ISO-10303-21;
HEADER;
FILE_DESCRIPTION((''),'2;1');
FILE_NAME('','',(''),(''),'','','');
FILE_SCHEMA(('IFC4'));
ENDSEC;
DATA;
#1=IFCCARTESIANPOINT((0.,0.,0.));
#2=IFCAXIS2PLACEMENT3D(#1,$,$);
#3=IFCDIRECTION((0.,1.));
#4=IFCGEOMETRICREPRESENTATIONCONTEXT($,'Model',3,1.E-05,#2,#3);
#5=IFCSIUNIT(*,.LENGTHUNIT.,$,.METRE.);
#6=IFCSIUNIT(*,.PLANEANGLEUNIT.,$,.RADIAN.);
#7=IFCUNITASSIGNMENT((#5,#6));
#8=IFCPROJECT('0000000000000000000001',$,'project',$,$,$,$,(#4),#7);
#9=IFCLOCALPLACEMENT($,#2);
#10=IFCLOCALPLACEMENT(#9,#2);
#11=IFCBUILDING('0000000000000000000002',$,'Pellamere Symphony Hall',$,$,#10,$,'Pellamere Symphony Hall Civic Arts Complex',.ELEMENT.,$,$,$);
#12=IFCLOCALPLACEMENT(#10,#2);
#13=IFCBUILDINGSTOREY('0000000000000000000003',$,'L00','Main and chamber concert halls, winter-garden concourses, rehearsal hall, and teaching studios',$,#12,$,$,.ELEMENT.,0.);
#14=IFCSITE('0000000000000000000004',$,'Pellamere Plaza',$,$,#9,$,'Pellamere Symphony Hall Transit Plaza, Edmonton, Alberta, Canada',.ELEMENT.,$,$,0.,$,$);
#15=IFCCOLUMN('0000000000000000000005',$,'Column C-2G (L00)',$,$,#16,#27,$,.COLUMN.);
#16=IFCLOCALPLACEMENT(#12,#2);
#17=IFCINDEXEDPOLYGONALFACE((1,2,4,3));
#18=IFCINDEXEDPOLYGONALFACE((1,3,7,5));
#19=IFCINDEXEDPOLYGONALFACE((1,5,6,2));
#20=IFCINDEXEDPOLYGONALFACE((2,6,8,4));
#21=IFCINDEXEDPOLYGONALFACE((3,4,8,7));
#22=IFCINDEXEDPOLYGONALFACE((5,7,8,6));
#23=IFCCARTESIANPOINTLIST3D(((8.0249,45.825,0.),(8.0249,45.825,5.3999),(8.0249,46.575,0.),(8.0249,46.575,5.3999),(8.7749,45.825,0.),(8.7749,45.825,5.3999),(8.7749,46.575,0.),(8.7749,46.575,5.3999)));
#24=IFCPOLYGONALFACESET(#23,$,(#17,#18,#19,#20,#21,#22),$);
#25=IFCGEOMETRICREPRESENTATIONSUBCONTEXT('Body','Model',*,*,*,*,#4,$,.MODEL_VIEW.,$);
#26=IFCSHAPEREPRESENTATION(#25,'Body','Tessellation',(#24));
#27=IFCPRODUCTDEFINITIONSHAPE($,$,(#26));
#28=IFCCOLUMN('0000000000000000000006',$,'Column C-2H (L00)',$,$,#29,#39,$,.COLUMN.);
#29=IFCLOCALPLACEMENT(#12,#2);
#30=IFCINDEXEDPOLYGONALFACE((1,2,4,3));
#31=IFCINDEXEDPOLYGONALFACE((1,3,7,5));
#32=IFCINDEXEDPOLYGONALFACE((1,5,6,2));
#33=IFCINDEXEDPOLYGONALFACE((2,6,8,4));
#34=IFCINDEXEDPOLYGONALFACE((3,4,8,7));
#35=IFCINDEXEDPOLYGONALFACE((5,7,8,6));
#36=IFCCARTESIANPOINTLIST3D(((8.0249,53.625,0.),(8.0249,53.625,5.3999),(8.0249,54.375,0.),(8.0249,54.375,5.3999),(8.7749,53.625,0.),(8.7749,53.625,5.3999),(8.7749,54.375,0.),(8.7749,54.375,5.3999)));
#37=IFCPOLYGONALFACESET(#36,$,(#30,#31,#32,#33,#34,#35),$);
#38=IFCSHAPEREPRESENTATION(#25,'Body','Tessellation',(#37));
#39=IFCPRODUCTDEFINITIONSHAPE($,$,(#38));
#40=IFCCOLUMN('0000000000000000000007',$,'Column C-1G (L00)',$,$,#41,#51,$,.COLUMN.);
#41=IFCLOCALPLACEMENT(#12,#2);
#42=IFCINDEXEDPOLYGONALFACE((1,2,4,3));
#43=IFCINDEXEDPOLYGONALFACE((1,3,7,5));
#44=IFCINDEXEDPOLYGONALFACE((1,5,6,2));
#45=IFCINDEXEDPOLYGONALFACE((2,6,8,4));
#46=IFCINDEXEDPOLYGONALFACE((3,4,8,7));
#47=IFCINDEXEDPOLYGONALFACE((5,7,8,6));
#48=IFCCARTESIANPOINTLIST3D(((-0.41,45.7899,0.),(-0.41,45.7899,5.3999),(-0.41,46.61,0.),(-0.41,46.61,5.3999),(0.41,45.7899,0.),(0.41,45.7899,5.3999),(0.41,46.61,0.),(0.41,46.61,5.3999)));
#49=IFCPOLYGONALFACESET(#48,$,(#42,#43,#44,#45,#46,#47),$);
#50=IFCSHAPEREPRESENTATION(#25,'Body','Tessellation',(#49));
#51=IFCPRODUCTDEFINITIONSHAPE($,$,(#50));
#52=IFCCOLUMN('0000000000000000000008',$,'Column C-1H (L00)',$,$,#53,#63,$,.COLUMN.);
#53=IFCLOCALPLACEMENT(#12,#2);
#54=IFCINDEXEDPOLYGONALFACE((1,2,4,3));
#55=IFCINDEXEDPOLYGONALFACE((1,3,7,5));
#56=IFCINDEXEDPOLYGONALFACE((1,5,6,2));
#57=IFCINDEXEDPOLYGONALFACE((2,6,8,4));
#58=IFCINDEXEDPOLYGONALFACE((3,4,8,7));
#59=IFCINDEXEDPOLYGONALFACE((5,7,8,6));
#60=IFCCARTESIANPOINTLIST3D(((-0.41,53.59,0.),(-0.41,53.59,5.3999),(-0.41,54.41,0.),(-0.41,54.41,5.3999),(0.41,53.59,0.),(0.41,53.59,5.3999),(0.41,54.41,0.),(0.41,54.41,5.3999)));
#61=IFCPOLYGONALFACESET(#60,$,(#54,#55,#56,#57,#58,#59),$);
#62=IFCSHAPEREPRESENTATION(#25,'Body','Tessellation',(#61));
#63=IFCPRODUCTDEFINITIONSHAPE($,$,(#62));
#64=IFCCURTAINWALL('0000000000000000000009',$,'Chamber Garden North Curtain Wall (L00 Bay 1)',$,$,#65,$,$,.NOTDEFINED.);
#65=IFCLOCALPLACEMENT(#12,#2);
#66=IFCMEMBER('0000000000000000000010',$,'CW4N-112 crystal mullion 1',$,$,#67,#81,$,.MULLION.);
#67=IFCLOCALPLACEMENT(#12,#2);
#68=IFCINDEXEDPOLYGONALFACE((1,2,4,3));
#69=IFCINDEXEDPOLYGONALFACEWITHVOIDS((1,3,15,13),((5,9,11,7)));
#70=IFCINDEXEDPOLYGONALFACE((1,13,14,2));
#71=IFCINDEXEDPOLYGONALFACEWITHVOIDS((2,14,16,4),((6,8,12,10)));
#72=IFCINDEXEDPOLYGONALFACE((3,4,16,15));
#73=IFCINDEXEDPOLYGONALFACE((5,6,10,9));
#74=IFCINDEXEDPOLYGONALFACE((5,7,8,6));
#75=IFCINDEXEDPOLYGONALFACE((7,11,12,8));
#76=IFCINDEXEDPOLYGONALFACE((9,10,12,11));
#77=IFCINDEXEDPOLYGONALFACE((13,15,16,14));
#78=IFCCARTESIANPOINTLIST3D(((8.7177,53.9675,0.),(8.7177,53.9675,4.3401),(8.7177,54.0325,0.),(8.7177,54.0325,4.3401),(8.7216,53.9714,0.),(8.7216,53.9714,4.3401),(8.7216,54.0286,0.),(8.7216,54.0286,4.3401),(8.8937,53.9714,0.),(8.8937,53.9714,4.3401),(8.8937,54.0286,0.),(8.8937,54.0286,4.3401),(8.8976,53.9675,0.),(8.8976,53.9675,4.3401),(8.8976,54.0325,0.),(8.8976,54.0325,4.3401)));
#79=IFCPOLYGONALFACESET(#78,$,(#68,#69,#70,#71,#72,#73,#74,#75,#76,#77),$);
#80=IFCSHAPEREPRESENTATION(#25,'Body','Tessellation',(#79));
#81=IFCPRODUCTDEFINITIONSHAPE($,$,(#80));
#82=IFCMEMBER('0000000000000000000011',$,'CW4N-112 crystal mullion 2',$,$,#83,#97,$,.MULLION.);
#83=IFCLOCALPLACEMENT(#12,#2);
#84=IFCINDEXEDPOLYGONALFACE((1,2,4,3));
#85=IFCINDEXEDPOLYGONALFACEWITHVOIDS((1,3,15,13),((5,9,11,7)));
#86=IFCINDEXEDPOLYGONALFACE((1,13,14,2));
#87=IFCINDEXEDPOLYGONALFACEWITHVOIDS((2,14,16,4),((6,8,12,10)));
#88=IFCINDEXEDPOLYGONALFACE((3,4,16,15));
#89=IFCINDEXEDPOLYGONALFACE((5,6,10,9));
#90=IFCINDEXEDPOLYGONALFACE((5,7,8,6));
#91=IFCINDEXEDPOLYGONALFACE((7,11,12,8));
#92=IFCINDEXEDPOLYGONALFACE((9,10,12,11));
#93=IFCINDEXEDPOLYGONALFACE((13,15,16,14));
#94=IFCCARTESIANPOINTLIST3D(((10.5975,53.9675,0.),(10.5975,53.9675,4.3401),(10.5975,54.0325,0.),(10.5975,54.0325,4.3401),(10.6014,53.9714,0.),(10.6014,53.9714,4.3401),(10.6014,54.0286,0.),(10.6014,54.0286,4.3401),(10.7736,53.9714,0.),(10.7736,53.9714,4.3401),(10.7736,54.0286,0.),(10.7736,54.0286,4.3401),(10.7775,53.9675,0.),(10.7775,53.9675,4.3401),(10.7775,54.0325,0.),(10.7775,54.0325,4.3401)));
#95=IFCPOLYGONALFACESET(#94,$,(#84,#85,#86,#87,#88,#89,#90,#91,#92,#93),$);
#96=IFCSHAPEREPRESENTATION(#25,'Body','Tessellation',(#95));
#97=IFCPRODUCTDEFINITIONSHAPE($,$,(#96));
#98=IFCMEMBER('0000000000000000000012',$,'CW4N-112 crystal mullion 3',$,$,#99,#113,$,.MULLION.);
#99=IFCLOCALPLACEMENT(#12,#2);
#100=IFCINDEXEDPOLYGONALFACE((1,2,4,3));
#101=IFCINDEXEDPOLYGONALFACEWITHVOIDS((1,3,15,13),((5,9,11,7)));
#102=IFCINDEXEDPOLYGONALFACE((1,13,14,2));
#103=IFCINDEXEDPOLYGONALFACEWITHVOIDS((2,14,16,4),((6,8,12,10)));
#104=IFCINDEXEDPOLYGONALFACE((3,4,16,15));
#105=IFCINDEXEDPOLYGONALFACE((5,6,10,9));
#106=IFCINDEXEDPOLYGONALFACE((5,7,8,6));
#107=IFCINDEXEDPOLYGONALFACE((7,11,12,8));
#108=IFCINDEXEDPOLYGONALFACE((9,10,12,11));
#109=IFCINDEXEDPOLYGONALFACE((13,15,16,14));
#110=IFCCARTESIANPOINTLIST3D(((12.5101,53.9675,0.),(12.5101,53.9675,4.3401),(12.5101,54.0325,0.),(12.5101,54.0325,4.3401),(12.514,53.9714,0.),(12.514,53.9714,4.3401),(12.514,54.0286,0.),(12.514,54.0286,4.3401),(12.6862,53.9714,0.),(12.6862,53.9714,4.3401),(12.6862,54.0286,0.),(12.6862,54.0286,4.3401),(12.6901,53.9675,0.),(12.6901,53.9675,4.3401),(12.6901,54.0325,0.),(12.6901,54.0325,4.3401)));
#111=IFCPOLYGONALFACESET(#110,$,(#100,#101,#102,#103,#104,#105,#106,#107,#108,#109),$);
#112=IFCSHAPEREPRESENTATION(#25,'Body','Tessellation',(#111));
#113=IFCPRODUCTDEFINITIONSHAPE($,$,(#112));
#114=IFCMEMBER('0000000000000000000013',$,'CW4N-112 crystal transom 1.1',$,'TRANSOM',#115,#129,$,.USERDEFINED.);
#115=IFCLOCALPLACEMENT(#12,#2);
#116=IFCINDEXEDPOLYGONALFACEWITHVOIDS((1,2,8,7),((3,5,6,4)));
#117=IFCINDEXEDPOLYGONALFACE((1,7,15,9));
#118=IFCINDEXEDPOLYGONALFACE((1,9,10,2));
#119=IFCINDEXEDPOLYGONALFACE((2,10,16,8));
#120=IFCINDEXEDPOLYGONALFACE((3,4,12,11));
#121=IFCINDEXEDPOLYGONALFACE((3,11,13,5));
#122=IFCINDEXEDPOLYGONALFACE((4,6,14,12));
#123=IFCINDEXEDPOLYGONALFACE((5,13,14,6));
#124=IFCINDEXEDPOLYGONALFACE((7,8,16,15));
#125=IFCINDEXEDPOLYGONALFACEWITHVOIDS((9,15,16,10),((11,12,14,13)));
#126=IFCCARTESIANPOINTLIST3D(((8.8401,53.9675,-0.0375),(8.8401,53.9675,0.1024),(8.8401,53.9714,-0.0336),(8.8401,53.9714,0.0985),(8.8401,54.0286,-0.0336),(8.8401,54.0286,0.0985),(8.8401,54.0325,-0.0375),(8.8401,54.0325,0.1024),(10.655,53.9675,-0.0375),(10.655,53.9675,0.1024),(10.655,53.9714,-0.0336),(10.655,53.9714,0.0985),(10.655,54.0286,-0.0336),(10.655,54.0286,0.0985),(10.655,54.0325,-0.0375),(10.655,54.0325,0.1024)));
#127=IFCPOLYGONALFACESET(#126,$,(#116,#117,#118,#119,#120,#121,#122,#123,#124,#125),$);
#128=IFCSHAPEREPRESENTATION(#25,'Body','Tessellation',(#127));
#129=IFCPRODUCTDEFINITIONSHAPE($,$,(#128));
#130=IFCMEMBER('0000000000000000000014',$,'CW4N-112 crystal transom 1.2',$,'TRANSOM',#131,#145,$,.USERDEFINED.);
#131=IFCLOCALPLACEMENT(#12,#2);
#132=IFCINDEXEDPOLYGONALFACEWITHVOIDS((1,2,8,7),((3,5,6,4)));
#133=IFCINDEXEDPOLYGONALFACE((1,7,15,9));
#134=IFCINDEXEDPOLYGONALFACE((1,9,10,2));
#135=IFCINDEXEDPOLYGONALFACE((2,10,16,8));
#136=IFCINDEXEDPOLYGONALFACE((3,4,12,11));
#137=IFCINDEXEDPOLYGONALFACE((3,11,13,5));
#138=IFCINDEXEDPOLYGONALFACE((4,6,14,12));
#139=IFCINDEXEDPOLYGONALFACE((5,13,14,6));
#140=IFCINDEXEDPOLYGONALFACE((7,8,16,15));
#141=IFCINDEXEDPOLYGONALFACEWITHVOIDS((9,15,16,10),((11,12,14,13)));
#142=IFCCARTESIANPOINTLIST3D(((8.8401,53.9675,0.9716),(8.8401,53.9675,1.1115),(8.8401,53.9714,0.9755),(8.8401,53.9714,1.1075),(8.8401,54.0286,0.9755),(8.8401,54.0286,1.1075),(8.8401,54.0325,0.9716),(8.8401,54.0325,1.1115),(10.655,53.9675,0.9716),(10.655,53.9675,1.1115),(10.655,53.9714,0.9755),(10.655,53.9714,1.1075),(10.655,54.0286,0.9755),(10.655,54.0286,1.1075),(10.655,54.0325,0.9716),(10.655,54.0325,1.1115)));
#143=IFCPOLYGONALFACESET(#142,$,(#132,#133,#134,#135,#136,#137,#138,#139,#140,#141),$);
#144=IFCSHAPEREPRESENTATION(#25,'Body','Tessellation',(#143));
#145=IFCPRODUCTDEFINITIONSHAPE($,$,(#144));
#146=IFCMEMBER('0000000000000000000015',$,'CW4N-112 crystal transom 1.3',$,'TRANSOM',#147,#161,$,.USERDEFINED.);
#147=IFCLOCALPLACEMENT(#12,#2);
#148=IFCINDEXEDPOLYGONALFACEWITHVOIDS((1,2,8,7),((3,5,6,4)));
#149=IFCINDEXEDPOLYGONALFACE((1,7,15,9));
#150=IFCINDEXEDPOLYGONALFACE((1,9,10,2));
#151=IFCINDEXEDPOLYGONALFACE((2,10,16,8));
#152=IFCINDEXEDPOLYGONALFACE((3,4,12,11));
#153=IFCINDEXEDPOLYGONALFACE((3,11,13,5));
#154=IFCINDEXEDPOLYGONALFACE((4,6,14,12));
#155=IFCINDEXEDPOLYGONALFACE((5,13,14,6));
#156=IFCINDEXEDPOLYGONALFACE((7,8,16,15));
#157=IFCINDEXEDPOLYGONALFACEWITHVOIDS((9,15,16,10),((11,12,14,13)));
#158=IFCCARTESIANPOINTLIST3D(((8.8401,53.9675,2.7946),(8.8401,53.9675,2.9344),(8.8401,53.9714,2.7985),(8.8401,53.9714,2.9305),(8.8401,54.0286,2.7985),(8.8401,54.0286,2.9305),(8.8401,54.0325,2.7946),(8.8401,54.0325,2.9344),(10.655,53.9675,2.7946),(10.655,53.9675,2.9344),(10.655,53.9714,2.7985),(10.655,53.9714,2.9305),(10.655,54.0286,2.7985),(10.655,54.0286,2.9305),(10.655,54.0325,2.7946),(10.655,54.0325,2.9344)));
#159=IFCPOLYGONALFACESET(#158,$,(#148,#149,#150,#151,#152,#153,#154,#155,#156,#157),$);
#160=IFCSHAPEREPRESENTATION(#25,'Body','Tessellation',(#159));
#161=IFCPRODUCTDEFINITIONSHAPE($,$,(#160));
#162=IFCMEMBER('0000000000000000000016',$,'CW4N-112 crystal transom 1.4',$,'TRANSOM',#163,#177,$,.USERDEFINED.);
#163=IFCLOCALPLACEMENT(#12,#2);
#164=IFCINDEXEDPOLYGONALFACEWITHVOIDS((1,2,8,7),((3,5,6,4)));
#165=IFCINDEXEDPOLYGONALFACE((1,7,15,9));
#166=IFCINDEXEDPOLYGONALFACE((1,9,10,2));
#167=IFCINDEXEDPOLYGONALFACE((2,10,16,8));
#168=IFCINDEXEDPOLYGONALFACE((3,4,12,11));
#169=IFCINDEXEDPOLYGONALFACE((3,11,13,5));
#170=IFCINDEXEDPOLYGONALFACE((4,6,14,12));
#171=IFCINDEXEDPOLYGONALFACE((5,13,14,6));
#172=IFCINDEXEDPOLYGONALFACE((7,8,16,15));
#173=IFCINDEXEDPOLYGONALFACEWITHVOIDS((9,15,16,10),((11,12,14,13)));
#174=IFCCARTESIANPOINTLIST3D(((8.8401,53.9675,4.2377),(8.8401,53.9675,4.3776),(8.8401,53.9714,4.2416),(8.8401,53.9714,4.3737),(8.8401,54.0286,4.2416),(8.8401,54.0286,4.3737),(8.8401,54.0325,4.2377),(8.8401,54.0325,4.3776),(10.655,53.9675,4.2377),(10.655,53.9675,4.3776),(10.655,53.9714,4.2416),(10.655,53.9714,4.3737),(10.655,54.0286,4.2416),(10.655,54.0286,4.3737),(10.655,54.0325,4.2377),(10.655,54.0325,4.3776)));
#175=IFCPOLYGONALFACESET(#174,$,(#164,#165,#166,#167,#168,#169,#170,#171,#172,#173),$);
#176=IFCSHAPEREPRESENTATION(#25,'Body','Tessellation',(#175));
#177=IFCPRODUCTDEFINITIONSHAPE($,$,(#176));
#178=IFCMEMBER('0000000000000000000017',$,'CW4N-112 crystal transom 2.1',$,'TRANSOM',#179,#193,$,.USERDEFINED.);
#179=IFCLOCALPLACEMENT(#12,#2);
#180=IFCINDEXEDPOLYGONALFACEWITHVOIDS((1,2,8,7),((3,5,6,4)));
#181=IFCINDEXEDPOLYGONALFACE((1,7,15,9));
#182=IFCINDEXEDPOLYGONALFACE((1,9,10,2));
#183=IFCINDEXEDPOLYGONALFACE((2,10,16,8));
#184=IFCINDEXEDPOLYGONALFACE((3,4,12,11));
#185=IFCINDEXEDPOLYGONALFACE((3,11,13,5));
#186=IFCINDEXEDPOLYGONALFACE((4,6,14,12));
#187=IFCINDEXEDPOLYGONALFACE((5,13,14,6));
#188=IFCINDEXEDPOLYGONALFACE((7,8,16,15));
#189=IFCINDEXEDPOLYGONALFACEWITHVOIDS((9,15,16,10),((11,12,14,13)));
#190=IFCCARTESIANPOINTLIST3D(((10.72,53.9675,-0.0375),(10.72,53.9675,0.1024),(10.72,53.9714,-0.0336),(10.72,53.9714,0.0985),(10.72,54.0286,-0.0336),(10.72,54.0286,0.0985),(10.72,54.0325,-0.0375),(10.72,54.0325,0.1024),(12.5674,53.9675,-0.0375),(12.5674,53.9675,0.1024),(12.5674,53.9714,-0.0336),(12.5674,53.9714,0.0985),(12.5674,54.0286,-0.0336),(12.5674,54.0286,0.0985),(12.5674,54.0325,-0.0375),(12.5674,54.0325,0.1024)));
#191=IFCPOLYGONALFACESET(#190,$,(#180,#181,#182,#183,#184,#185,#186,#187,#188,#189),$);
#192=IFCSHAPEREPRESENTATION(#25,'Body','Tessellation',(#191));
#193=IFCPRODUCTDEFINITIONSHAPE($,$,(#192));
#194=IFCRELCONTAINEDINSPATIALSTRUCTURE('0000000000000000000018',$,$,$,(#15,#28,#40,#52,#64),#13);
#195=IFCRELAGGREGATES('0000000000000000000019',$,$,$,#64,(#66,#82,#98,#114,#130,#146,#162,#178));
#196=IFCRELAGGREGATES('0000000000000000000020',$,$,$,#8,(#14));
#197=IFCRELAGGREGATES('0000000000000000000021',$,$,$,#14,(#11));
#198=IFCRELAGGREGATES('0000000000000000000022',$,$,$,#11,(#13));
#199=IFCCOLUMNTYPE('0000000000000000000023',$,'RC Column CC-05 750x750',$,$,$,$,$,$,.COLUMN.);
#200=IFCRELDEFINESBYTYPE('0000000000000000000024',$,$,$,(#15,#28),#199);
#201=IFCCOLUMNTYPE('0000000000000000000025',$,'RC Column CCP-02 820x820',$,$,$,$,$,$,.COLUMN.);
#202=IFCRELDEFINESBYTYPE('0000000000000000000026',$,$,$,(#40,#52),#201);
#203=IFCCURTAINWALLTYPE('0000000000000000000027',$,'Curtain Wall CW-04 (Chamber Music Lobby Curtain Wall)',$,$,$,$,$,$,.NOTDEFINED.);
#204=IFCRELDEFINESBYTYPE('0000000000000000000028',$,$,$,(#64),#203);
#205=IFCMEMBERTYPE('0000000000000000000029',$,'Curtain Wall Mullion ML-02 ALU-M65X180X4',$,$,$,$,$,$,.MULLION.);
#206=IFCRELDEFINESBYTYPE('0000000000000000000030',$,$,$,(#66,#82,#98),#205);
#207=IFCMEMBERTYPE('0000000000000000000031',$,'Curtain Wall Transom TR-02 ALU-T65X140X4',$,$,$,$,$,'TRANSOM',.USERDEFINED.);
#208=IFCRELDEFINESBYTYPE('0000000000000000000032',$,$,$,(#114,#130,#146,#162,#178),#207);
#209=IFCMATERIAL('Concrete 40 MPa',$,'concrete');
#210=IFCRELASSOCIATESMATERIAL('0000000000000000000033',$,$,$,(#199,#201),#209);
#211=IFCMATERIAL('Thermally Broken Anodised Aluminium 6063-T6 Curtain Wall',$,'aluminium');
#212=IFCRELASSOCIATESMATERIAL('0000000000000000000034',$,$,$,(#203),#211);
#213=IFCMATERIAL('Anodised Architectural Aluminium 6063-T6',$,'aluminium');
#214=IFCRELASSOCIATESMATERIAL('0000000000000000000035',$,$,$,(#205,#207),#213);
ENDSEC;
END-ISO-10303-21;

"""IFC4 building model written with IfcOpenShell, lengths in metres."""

from ifc_helpers import new_model, si_unit, direction, frame, origin, origin_2d, place, context, subcontext, project, spatial, rectangle, hollow_rectangle, extrude, material, material_profile, profile_set, type_object, element, aggregate, save


model = new_model("IFC4")

# Units and contexts
model_context = context("Model", 3, precision=1e-05, world=origin(), true_north=direction((0.0, 1.0)))
body_context = subcontext(model_context, "Body", "Model", "MODEL_VIEW")
ifc_project = project(units=[si_unit("LENGTHUNIT", "METRE"), si_unit("PLANEANGLEUNIT", "RADIAN")], contexts=[model_context])

# Site, building, storey
site_placement = place(None, origin())
site = spatial("IfcSite", under=ifc_project, at=site_placement, Name="Pellamere Plaza", LongName="Pellamere Symphony Hall Transit Plaza, Edmonton, Alberta, Canada", CompositionType="ELEMENT", RefElevation=0.0)
building_placement = place(site_placement, origin())
building = spatial("IfcBuilding", under=site, at=building_placement, Name="Pellamere Symphony Hall", LongName="Pellamere Symphony Hall Civic Arts Complex", CompositionType="ELEMENT")
storey_placement = place(building_placement, origin())
storey = spatial("IfcBuildingStorey", under=building, at=storey_placement, Name="L00", Description="Main and chamber concert halls, winter-garden concourses, rehearsal hall, and teaching studios", CompositionType="ELEMENT", Elevation=0.0)

# Columns
ifc_material_1 = material(Name="Concrete 40 MPa", Category="concrete")
ifc_material_profile_1 = material_profile(ifc_material_1, rectangle(XDim=0.75, YDim=0.75, at=origin_2d()), Name="RC 750x750")
ifc_profile_set_1 = profile_set([ifc_material_profile_1], Name="Concrete 40 MPa")
column_type_1 = type_object("IfcColumnType", Name="RC Column CC-05 750x750", PredefinedType="COLUMN", material=ifc_profile_set_1)
for number, where, z_axis, x_axis, name in (
    (1, (8.3999, 46.2, 0.0), (0.0, 0.0, 1.0), (1.0, 0.0, 0.0), "Column C-2G (L00)"),
    (2, (8.3999, 54.0, 0.0), (0.0, 0.0, 1.0), (1.0, 0.0, 0.0), "Column C-2H (L00)"),
):
    element("IfcColumn", number, at=place(storey_placement, frame(where, z_axis=z_axis, x_axis=x_axis)), inside=storey, type_object=column_type_1, Name=name, PredefinedType="COLUMN", context=body_context, shape_type="SweptSolid", body=[
        extrude(rectangle(XDim=0.75, YDim=0.75, at=origin_2d()), origin(), (0.0, 0.0, 1.0), 5.3999),
    ])
ifc_material_profile_2 = material_profile(ifc_material_1, rectangle(XDim=0.8201, YDim=0.8201, at=origin_2d()), Name="RC 820x820")
ifc_profile_set_2 = profile_set([ifc_material_profile_2], Name="Concrete 40 MPa")
column_type_2 = type_object("IfcColumnType", Name="RC Column CCP-02 820x820", PredefinedType="COLUMN", material=ifc_profile_set_2)
for number, where, z_axis, x_axis, name in (
    (3, (0.0, 46.2, 0.0), (0.0, 0.0, 1.0), (1.0, 0.0, 0.0), "Column C-1G (L00)"),
    (4, (0.0, 54.0, 0.0), (0.0, 0.0, 1.0), (1.0, 0.0, 0.0), "Column C-1H (L00)"),
):
    element("IfcColumn", number, at=place(storey_placement, frame(where, z_axis=z_axis, x_axis=x_axis)), inside=storey, type_object=column_type_2, Name=name, PredefinedType="COLUMN", context=body_context, shape_type="SweptSolid", body=[
        extrude(rectangle(XDim=0.8201, YDim=0.8201, at=origin_2d()), origin(), (0.0, 0.0, 1.0), 5.3999),
    ])

# Curtain wall, members
ifc_material_2 = material(Name="Thermally Broken Anodised Aluminium 6063-T6 Curtain Wall", Category="aluminium")
curtain_wall_type = type_object("IfcCurtainWallType", Name="Curtain Wall CW-04 (Chamber Music Lobby Curtain Wall)", PredefinedType="NOTDEFINED", material=ifc_material_2)
curtain_wall_placement = place(storey_placement, origin())
curtain_wall = element("IfcCurtainWall", 5, at=curtain_wall_placement, inside=storey, type_object=curtain_wall_type, Name="Chamber Garden North Curtain Wall (L00 Bay 1)", PredefinedType="NOTDEFINED")
ifc_material_3 = material(Name="Anodised Architectural Aluminium 6063-T6", Category="aluminium")
ifc_material_profile_3 = material_profile(ifc_material_3, hollow_rectangle(XDim=0.0649, YDim=0.1799, WallThickness=0.0039, at=origin_2d()), Name="ALU-M65X180X4")
ifc_profile_set_3 = profile_set([ifc_material_profile_3], Name="Anodised Architectural Aluminium 6063-T6")
member_type_1 = type_object("IfcMemberType", Name="Curtain Wall Mullion ML-02 ALU-M65X180X4", PredefinedType="MULLION", material=ifc_profile_set_3)
member_1_placement = place(storey_placement, frame((8.8076, 54.0, 0.0), z_axis=(0.0, 0.0, 1.0), x_axis=(0.0, 1.0, 0.0)))
member_1 = element("IfcMember", 6, at=member_1_placement, type_object=member_type_1, Name="CW4N-112 crystal mullion 1", PredefinedType="MULLION", context=body_context, shape_type="SweptSolid", body=[
    extrude(hollow_rectangle(XDim=0.0649, YDim=0.1799, WallThickness=0.0039, at=origin_2d()), origin(), (0.0, 0.0, 1.0), 4.3401),
])
member_2_placement = place(storey_placement, frame((10.6875, 54.0, 0.0), z_axis=(0.0, 0.0, 1.0), x_axis=(0.0, 1.0, 0.0)))
member_2 = element("IfcMember", 7, at=member_2_placement, type_object=member_type_1, Name="CW4N-112 crystal mullion 2", PredefinedType="MULLION", context=body_context, shape_type="SweptSolid", body=[
    extrude(hollow_rectangle(XDim=0.0649, YDim=0.1799, WallThickness=0.0039, at=origin_2d()), origin(), (0.0, 0.0, 1.0), 4.3401),
])
member_3_placement = place(storey_placement, frame((12.6001, 54.0, 0.0), z_axis=(0.0, 0.0, 1.0), x_axis=(0.0, 1.0, 0.0)))
member_3 = element("IfcMember", 8, at=member_3_placement, type_object=member_type_1, Name="CW4N-112 crystal mullion 3", PredefinedType="MULLION", context=body_context, shape_type="SweptSolid", body=[
    extrude(hollow_rectangle(XDim=0.0649, YDim=0.1799, WallThickness=0.0039, at=origin_2d()), origin(), (0.0, 0.0, 1.0), 4.3401),
])
ifc_material_profile_4 = material_profile(ifc_material_3, hollow_rectangle(XDim=0.0649, YDim=0.1399, WallThickness=0.0039, at=origin_2d()), Name="ALU-T65X140X4")
ifc_profile_set_4 = profile_set([ifc_material_profile_4], Name="Anodised Architectural Aluminium 6063-T6")
member_type_2 = type_object("IfcMemberType", Name="Curtain Wall Transom TR-02 ALU-T65X140X4", ElementType="TRANSOM", PredefinedType="USERDEFINED", material=ifc_profile_set_4)
member_4_placement = place(storey_placement, frame((8.8401, 54.0, 0.0325), z_axis=(1.0, 0.0, 0.0), x_axis=(0.0, 1.0, 0.0)))
member_4 = element("IfcMember", 9, at=member_4_placement, type_object=member_type_2, Name="CW4N-112 crystal transom 1.1", ObjectType="TRANSOM", PredefinedType="USERDEFINED", context=body_context, shape_type="SweptSolid", body=[
    extrude(hollow_rectangle(XDim=0.0649, YDim=0.1399, WallThickness=0.0039, at=origin_2d()), origin(), (0.0, 0.0, 1.0), 1.8149),
])
member_5_placement = place(storey_placement, frame((8.8401, 54.0, 1.0415), z_axis=(1.0, 0.0, 0.0), x_axis=(0.0, 1.0, 0.0)))
member_5 = element("IfcMember", 10, at=member_5_placement, type_object=member_type_2, Name="CW4N-112 crystal transom 1.2", ObjectType="TRANSOM", PredefinedType="USERDEFINED", context=body_context, shape_type="SweptSolid", body=[
    extrude(hollow_rectangle(XDim=0.0649, YDim=0.1399, WallThickness=0.0039, at=origin_2d()), origin(), (0.0, 0.0, 1.0), 1.8149),
])
member_6_placement = place(storey_placement, frame((8.8401, 54.0, 2.8645), z_axis=(1.0, 0.0, 0.0), x_axis=(0.0, 1.0, 0.0)))
member_6 = element("IfcMember", 11, at=member_6_placement, type_object=member_type_2, Name="CW4N-112 crystal transom 1.3", ObjectType="TRANSOM", PredefinedType="USERDEFINED", context=body_context, shape_type="SweptSolid", body=[
    extrude(hollow_rectangle(XDim=0.0649, YDim=0.1399, WallThickness=0.0039, at=origin_2d()), origin(), (0.0, 0.0, 1.0), 1.8149),
])
member_7_placement = place(storey_placement, frame((8.8401, 54.0, 4.3076), z_axis=(1.0, 0.0, 0.0), x_axis=(0.0, 1.0, 0.0)))
member_7 = element("IfcMember", 12, at=member_7_placement, type_object=member_type_2, Name="CW4N-112 crystal transom 1.4", ObjectType="TRANSOM", PredefinedType="USERDEFINED", context=body_context, shape_type="SweptSolid", body=[
    extrude(hollow_rectangle(XDim=0.0649, YDim=0.1399, WallThickness=0.0039, at=origin_2d()), origin(), (0.0, 0.0, 1.0), 1.8149),
])
member_8_placement = place(storey_placement, frame((10.72, 54.0, 0.0325), z_axis=(1.0, 0.0, 0.0), x_axis=(0.0, 1.0, 0.0)))
member_8 = element("IfcMember", 13, at=member_8_placement, type_object=member_type_2, Name="CW4N-112 crystal transom 2.1", ObjectType="TRANSOM", PredefinedType="USERDEFINED", context=body_context, shape_type="SweptSolid", body=[
    extrude(hollow_rectangle(XDim=0.0649, YDim=0.1399, WallThickness=0.0039, at=origin_2d()), origin(), (0.0, 0.0, 1.0), 1.8474),
])

aggregate(curtain_wall, [member_1, member_2, member_3, member_4, member_5, member_6, member_7, member_8])

save(model, "model.ifc")
